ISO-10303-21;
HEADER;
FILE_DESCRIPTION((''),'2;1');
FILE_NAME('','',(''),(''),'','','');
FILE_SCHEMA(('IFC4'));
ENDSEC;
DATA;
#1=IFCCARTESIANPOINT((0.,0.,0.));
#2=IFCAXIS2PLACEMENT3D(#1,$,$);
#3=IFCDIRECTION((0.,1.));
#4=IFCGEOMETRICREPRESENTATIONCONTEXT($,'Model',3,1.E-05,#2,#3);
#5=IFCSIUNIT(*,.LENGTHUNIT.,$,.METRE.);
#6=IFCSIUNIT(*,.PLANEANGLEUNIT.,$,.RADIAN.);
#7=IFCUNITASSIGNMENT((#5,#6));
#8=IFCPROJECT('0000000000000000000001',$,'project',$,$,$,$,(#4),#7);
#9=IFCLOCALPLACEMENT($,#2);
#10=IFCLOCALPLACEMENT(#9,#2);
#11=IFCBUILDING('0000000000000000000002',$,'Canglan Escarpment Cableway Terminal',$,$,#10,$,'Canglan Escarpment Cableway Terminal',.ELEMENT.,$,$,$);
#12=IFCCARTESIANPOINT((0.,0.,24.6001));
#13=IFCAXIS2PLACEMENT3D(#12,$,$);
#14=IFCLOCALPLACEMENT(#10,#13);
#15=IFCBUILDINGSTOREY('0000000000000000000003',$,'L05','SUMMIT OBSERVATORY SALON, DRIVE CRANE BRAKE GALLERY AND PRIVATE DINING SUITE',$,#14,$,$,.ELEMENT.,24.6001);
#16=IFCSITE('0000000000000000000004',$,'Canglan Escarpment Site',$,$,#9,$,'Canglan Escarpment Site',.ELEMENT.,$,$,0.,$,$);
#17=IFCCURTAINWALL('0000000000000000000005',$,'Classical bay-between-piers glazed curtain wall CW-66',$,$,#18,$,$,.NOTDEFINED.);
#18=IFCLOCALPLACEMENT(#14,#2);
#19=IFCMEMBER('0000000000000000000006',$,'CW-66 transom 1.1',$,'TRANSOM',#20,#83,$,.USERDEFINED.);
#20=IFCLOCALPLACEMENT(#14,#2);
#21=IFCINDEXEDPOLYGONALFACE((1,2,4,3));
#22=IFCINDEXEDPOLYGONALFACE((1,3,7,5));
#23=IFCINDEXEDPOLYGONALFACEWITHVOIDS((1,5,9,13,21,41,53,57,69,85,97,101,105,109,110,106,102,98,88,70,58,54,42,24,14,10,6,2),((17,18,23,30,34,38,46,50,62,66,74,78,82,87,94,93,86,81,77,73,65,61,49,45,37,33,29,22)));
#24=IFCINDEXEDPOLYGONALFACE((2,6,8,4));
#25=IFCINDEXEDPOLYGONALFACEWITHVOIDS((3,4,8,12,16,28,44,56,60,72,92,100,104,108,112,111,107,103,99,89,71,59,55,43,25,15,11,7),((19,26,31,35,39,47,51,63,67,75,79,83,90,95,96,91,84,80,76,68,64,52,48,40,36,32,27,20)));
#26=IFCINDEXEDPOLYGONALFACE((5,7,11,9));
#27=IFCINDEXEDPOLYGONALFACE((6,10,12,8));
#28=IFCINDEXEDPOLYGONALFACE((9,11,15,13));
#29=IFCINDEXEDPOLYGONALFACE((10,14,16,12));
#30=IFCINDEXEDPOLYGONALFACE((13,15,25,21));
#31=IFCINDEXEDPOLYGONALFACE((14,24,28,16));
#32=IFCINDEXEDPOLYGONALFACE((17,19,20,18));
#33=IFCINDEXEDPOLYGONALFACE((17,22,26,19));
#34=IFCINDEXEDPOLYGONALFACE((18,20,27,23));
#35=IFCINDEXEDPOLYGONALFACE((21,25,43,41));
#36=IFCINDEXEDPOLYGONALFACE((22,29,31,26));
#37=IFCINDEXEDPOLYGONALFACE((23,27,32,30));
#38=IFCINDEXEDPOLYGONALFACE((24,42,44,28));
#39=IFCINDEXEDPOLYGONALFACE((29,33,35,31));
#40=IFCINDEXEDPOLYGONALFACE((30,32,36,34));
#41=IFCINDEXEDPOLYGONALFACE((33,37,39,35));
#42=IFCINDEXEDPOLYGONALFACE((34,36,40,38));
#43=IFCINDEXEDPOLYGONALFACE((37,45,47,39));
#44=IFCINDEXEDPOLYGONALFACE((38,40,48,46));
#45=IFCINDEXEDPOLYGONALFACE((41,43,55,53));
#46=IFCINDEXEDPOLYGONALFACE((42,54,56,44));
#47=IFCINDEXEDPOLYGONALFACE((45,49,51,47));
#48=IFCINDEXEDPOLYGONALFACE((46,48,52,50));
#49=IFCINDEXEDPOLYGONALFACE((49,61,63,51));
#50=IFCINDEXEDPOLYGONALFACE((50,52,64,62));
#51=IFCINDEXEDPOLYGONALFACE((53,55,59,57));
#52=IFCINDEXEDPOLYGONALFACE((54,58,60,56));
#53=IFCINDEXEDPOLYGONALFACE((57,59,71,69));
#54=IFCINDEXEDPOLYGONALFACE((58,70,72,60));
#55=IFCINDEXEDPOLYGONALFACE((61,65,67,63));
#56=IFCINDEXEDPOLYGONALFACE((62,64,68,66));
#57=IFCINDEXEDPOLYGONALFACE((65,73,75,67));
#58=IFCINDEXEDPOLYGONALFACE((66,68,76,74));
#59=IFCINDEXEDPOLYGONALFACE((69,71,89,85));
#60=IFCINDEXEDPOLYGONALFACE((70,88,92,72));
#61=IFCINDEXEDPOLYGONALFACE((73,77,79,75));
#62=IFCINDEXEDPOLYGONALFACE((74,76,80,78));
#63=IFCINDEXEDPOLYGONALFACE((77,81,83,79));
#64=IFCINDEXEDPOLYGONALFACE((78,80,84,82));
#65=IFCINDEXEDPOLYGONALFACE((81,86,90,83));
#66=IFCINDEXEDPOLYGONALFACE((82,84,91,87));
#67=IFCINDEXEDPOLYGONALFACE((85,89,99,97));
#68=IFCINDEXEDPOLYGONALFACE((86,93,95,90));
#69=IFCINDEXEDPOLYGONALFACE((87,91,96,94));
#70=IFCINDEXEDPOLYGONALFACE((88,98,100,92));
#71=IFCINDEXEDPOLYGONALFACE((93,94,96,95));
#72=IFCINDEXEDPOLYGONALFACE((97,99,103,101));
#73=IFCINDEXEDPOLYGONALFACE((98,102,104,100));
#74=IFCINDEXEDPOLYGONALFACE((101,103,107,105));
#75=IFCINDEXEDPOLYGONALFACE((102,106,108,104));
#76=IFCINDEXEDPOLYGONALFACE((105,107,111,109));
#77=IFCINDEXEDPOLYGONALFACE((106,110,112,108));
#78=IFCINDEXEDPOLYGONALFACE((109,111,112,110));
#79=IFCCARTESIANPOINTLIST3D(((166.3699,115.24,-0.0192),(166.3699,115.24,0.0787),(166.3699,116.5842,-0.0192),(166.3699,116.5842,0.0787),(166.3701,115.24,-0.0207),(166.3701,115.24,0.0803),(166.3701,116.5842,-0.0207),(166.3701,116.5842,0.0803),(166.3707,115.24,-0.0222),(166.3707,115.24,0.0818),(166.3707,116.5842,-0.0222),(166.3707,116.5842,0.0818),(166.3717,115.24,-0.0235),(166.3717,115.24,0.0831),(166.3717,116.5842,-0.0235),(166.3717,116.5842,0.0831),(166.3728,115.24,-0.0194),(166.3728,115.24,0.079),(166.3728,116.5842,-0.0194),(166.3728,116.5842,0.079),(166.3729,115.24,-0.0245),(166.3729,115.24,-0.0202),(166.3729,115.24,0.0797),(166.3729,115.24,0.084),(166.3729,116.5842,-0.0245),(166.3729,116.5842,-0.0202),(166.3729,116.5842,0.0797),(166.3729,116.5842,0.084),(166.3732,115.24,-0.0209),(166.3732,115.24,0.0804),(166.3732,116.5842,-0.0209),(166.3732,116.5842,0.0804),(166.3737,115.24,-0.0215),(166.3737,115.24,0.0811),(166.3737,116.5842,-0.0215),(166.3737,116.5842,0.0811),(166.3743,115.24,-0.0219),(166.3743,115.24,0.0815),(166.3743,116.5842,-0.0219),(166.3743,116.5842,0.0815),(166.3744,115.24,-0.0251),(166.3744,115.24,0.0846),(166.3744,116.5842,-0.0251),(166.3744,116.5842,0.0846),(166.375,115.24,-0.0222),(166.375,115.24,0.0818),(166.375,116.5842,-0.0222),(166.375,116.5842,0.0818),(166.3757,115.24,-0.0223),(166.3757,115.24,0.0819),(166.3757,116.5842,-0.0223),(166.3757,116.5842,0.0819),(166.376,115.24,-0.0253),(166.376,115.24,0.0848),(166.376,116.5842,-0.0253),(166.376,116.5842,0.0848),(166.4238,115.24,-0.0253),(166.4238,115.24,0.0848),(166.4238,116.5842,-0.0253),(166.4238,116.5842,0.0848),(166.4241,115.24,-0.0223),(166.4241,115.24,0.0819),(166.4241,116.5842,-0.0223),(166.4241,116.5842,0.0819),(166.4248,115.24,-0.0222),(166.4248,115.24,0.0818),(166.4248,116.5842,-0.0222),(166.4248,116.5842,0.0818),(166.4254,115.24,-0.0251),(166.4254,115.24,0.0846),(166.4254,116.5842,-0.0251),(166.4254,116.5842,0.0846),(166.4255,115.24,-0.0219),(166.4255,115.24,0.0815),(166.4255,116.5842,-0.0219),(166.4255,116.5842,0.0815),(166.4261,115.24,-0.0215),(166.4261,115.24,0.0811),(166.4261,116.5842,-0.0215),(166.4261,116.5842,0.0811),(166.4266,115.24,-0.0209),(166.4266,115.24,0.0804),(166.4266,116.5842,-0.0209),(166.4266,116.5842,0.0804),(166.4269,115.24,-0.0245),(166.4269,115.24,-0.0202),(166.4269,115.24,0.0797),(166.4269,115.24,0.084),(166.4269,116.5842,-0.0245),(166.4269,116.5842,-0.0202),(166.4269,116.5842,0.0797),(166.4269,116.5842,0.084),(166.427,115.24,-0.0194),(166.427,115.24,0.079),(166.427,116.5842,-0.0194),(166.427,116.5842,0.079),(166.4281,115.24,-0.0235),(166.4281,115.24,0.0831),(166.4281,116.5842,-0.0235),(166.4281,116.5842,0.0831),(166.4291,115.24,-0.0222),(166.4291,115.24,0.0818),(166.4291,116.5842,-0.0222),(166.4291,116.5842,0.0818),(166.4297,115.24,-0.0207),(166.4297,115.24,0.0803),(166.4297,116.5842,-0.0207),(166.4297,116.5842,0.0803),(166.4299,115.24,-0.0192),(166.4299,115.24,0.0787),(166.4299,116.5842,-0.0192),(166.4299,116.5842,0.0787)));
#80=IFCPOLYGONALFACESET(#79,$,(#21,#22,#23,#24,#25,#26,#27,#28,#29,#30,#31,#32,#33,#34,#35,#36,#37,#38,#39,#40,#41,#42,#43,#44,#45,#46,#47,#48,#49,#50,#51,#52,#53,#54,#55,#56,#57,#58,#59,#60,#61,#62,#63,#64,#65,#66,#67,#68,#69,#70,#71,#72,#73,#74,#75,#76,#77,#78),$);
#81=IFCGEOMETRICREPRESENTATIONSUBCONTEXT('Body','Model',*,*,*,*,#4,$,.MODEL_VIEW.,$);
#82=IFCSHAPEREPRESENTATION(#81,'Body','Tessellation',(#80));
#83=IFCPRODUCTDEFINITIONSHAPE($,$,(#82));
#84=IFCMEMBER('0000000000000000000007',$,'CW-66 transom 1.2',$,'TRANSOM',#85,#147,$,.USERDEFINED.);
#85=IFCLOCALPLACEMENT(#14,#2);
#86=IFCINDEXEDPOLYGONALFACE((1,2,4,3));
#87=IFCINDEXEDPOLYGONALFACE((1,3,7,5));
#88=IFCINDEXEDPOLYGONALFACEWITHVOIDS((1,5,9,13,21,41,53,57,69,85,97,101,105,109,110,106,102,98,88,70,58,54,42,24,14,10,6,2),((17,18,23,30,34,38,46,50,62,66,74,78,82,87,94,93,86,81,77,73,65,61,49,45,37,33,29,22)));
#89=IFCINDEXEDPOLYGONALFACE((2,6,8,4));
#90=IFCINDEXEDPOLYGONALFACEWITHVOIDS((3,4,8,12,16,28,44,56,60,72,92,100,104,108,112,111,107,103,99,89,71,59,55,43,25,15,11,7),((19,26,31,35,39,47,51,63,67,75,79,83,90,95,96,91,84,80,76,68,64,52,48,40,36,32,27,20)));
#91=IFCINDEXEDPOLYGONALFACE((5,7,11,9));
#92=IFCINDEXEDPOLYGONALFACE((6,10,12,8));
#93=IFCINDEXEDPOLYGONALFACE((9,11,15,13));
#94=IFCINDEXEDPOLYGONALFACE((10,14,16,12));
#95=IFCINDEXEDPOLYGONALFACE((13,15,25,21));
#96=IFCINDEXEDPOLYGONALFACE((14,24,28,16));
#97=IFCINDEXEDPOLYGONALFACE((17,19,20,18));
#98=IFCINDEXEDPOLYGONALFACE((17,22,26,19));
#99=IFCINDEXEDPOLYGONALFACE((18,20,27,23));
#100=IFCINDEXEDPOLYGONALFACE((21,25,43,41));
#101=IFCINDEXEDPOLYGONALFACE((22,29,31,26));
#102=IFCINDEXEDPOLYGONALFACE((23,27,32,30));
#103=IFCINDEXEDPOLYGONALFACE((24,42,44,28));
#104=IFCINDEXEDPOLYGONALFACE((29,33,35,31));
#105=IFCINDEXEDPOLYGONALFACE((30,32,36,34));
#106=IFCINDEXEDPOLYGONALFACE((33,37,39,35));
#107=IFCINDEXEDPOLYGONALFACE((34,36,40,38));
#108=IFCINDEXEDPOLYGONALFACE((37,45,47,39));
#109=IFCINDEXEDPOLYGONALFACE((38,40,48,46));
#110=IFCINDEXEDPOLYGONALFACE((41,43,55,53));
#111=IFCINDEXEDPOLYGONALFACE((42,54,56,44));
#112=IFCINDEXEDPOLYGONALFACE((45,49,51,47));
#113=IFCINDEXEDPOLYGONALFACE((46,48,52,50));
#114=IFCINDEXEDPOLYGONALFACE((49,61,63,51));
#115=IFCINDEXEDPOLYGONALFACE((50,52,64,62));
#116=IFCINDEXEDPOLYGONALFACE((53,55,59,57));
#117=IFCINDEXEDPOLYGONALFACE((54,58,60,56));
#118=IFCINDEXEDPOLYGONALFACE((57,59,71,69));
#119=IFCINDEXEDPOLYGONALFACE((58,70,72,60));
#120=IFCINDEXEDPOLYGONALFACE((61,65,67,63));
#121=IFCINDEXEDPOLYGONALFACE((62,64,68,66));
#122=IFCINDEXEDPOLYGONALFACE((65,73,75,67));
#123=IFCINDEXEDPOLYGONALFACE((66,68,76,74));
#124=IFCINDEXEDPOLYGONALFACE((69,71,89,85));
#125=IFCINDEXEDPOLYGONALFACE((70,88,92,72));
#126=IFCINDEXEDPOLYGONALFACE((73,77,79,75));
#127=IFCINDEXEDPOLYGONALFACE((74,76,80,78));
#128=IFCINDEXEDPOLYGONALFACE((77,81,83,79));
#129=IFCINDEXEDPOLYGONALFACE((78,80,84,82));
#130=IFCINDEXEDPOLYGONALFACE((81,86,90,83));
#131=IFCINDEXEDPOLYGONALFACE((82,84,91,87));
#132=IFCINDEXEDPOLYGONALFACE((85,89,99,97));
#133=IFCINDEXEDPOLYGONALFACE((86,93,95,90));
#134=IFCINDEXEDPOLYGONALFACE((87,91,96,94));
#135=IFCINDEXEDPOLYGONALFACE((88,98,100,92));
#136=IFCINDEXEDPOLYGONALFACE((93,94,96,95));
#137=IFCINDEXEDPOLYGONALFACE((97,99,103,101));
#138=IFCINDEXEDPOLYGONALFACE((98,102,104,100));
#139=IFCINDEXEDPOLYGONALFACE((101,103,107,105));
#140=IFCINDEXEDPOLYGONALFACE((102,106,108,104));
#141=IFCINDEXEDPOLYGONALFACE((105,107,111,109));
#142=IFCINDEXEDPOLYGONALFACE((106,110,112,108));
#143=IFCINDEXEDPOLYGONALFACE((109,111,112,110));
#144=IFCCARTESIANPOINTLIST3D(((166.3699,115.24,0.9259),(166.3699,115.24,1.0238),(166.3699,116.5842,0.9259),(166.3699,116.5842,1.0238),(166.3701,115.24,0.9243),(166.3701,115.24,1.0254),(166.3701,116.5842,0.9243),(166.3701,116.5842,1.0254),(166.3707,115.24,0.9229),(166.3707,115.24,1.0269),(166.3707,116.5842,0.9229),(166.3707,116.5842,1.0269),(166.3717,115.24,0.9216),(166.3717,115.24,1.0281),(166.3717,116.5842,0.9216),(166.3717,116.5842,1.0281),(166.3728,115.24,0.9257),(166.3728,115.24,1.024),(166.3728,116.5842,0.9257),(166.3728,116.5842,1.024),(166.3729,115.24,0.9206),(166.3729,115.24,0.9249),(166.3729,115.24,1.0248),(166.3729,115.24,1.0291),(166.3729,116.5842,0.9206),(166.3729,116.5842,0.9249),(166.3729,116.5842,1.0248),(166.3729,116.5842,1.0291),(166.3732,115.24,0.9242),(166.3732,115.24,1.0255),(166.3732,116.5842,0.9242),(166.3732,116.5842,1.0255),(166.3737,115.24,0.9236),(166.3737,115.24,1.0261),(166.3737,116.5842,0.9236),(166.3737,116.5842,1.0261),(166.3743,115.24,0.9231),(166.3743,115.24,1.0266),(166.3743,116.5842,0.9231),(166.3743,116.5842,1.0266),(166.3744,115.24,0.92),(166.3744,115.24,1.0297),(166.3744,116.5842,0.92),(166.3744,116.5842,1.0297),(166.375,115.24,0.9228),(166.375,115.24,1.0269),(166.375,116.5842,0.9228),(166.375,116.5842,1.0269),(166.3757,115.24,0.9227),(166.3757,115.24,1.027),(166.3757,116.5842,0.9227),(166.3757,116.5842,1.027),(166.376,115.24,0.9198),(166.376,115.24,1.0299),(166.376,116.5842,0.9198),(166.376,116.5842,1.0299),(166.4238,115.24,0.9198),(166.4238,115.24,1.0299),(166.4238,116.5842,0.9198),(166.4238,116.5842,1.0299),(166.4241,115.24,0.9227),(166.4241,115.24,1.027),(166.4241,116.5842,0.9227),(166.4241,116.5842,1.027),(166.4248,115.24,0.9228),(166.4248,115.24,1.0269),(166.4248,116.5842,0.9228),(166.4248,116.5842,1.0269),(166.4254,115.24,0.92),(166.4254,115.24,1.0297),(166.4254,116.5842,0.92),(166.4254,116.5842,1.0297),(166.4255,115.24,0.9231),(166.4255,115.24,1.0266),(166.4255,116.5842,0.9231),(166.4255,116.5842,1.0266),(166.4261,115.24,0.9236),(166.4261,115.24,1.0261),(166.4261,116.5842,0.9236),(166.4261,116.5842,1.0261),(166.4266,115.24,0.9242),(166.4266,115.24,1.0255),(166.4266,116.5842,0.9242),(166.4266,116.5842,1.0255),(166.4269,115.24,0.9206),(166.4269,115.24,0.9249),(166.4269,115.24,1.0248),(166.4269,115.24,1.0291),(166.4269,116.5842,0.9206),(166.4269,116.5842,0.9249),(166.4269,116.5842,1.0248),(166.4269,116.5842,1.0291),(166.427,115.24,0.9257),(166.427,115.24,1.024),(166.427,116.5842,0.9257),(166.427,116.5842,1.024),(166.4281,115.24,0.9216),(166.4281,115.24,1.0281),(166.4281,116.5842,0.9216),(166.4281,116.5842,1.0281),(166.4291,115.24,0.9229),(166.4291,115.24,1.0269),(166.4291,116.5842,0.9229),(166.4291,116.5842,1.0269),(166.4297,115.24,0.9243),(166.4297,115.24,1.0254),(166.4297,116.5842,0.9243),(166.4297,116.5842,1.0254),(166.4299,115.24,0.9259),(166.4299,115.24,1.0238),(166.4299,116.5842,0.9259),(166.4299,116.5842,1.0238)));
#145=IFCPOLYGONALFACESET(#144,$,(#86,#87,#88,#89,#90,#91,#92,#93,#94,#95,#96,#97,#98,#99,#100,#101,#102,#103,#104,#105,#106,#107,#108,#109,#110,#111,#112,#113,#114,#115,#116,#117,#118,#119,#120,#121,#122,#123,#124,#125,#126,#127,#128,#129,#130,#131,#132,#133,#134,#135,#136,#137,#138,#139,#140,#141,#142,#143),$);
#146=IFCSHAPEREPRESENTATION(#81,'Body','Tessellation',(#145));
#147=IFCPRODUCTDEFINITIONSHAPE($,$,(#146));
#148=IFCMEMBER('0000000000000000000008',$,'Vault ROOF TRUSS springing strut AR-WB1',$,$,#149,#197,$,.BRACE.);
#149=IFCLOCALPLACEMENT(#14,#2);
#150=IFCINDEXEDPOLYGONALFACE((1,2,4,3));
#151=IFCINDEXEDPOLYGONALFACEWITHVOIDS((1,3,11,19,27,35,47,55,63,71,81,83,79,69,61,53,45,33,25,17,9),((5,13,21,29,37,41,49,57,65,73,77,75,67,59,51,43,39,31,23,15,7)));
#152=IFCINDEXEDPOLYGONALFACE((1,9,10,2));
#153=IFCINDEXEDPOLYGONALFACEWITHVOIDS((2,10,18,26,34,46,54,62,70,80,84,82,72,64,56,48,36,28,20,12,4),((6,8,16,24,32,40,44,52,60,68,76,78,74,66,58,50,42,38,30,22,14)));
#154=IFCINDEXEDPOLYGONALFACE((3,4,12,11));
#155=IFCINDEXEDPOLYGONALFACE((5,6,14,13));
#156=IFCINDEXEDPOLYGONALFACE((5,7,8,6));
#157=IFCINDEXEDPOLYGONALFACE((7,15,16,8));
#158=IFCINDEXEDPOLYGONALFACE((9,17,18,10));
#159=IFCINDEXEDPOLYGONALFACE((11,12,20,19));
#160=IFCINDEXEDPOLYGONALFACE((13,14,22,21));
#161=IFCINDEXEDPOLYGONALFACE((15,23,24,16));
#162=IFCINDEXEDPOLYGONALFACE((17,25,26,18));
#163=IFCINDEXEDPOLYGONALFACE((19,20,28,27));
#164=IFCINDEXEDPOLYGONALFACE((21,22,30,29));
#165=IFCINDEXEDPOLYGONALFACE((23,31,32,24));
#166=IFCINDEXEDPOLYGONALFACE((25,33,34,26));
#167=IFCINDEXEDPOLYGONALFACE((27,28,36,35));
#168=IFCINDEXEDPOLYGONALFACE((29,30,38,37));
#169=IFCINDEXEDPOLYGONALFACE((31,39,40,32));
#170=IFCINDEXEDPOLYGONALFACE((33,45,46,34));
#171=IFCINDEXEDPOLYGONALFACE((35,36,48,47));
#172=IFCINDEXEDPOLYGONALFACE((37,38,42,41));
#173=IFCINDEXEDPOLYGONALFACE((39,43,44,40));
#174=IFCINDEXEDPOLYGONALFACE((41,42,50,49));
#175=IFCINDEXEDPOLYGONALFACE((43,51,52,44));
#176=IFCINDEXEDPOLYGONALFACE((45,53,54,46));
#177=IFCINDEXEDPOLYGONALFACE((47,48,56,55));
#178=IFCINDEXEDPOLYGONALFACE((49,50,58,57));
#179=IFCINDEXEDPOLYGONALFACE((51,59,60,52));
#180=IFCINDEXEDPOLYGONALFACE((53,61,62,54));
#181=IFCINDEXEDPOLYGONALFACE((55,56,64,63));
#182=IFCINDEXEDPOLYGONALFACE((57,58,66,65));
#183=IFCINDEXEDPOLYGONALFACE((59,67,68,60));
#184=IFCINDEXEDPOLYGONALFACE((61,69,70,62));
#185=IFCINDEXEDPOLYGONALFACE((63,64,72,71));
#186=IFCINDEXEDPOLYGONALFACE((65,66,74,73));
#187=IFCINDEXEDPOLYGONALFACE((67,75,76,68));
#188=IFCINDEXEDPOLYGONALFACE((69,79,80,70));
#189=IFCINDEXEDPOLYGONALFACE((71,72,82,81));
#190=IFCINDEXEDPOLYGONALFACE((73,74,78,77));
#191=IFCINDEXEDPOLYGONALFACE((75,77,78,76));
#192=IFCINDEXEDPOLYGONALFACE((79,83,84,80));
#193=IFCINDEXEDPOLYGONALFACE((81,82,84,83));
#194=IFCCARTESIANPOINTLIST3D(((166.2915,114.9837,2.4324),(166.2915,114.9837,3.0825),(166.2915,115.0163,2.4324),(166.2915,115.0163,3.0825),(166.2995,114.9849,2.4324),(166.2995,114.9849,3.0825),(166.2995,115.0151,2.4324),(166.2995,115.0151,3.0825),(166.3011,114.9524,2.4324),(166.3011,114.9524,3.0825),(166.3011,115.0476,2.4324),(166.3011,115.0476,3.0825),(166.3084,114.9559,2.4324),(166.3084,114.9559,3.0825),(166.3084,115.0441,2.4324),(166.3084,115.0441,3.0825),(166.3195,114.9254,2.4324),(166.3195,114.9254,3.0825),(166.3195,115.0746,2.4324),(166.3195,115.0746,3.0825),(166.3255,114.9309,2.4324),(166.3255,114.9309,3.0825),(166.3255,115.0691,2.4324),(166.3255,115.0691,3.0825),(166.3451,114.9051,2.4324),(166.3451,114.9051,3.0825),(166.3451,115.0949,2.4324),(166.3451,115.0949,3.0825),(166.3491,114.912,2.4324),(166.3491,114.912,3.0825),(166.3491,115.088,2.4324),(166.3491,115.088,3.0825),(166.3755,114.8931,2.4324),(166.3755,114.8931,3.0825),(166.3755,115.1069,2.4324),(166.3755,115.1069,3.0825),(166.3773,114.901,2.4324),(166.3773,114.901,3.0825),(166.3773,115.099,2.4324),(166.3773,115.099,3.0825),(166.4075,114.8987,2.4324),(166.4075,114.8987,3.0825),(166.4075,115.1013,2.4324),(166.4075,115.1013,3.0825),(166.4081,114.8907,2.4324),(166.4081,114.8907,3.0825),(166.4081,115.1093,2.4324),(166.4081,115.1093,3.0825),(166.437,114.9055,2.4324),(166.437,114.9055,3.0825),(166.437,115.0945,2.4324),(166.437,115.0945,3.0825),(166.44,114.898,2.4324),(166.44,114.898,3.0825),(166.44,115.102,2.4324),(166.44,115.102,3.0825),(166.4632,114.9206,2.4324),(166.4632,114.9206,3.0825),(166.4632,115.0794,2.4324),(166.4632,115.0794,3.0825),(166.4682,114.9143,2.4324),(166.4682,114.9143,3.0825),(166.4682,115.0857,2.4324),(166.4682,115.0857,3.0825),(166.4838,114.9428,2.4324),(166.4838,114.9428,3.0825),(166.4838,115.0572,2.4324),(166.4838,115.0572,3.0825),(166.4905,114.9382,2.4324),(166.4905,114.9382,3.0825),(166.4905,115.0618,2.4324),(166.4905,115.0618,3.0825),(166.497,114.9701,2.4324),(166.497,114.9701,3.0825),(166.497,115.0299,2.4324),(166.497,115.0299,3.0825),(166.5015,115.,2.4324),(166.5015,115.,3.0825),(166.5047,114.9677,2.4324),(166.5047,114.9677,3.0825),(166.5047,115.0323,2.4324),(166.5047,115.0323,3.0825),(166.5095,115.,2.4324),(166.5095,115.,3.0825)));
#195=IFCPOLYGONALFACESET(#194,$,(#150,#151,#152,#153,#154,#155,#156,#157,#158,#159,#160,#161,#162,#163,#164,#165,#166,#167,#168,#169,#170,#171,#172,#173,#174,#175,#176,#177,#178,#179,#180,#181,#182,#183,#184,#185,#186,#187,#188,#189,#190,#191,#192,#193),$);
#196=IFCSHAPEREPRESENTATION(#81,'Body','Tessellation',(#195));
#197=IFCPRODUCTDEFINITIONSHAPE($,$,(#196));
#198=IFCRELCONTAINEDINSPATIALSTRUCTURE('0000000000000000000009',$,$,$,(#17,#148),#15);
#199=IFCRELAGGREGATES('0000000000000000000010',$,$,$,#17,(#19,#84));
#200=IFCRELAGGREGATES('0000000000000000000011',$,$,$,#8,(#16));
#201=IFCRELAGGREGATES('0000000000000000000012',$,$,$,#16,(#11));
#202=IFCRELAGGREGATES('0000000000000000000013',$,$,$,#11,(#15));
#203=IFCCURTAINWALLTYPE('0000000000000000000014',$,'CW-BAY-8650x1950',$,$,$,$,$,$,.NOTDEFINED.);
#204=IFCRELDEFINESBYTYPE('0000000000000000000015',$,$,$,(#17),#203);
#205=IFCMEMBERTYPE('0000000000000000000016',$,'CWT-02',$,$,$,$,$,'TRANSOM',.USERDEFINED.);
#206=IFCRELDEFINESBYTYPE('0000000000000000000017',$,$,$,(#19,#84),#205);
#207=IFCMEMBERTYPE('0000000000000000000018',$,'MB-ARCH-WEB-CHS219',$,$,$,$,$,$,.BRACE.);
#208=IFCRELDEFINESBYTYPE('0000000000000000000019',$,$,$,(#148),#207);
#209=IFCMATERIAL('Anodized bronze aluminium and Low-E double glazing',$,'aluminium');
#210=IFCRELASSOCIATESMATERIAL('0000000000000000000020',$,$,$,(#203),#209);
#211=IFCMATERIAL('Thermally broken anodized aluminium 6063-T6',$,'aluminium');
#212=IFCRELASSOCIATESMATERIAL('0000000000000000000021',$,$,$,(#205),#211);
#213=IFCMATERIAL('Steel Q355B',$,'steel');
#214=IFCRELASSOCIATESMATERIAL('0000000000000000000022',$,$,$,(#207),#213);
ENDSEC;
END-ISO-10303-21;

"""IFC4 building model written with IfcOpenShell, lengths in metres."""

from ifc_helpers import new_model, si_unit, direction, frame, origin, origin_2d, place, context, subcontext, project, spatial, hollow_rectangle, hollow_circle, extrude, material, material_profile, profile_set, type_object, element, aggregate, save


model = new_model("IFC4")

# Units and contexts
model_context = context("Model", 3, precision=1e-05, world=origin(), true_north=direction((0.0, 1.0)))
body_context = subcontext(model_context, "Body", "Model", "MODEL_VIEW")
ifc_project = project(units=[si_unit("LENGTHUNIT", "METRE"), si_unit("PLANEANGLEUNIT", "RADIAN")], contexts=[model_context])

# Site, building, storey
site_placement = place(None, origin())
site = spatial("IfcSite", under=ifc_project, at=site_placement, Name="Canglan Escarpment Site", LongName="Canglan Escarpment Site", CompositionType="ELEMENT", RefElevation=0.0)
building_placement = place(site_placement, origin())
building = spatial("IfcBuilding", under=site, at=building_placement, Name="Canglan Escarpment Cableway Terminal", LongName="Canglan Escarpment Cableway Terminal", CompositionType="ELEMENT")
storey_placement = place(building_placement, frame((0.0, 0.0, 24.6001)))
storey = spatial("IfcBuildingStorey", under=building, at=storey_placement, Name="L05", Description="SUMMIT OBSERVATORY SALON, DRIVE CRANE BRAKE GALLERY AND PRIVATE DINING SUITE", CompositionType="ELEMENT", Elevation=24.6001)

# Shared definitions
ifc_material_1 = material(Name="Steel Q355B", Category="steel")

# Shared definitions
ifc_material_2 = material(Name="Anodized bronze aluminium and Low-E double glazing", Category="aluminium")
curtain_wall_type = type_object("IfcCurtainWallType", Name="CW-BAY-8650x1950", PredefinedType="NOTDEFINED", material=ifc_material_2)
ifc_material_3 = material(Name="Thermally broken anodized aluminium 6063-T6", Category="aluminium")

# Curtain wall
curtain_wall_1_placement = place(storey_placement, origin())
curtain_wall_1 = element("IfcCurtainWall", 1, at=curtain_wall_1_placement, inside=storey, type_object=curtain_wall_type, Name="Classical bay-between-piers glazed curtain wall CW-66", PredefinedType="NOTDEFINED")

# Members
ifc_material_profile_1 = material_profile(ifc_material_3, hollow_rectangle(XDim=0.0601, YDim=0.1101, WallThickness=0.0029, InnerFilletRadius=0.0029, OuterFilletRadius=0.0061, at=origin_2d()), Name="ALU-TRAN 60x110x3")
ifc_profile_set_1 = profile_set([ifc_material_profile_1], Name="Thermally broken anodized aluminium 6063-T6")
member_type_1 = type_object("IfcMemberType", Name="CWT-02", ElementType="TRANSOM", PredefinedType="USERDEFINED", material=ifc_profile_set_1)
member_1_placement = place(storey_placement, frame((166.3999, 115.24, 0.0298), z_axis=(0.0, 1.0, 0.0), x_axis=(-1.0, 0.0, 0.0)))
member_1 = element("IfcMember", 2, at=member_1_placement, type_object=member_type_1, Name="CW-66 transom 1.1", ObjectType="TRANSOM", PredefinedType="USERDEFINED", context=body_context, shape_type="SweptSolid", body=[
    extrude(hollow_rectangle(XDim=0.0601, YDim=0.1101, WallThickness=0.0029, InnerFilletRadius=0.0029, OuterFilletRadius=0.0061, at=origin_2d()), origin(), (0.0, 0.0, 1.0), 1.3442),
])
member_2_placement = place(storey_placement, frame((166.3999, 115.24, 0.9749), z_axis=(0.0, 1.0, 0.0), x_axis=(-1.0, 0.0, 0.0)))
member_2 = element("IfcMember", 3, at=member_2_placement, type_object=member_type_1, Name="CW-66 transom 1.2", ObjectType="TRANSOM", PredefinedType="USERDEFINED", context=body_context, shape_type="SweptSolid", body=[
    extrude(hollow_rectangle(XDim=0.0601, YDim=0.1101, WallThickness=0.0029, InnerFilletRadius=0.0029, OuterFilletRadius=0.0061, at=origin_2d()), origin(), (0.0, 0.0, 1.0), 1.3442),
])
aggregate(curtain_wall_1, [member_1, member_2])
ifc_material_profile_2 = material_profile(ifc_material_1, hollow_circle(Radius=0.1096, WallThickness=0.0081, at=origin_2d()), Name="CHS 219.1x8")
ifc_profile_set_2 = profile_set([ifc_material_profile_2], Name="Steel Q355B")
member_type_2 = type_object("IfcMemberType", Name="MB-ARCH-WEB-CHS219", PredefinedType="BRACE", material=ifc_profile_set_2)
member_3_placement = place(storey_placement, frame((166.3999, 115.0, 2.4324), z_axis=(0.0, 0.0, 1.0), x_axis=(1.0, 0.0, 0.0)))
element("IfcMember", 4, at=member_3_placement, inside=storey, type_object=member_type_2, Name="Vault ROOF TRUSS springing strut AR-WB1", PredefinedType="BRACE", context=body_context, shape_type="SweptSolid", body=[
    extrude(hollow_circle(Radius=0.1096, WallThickness=0.0081, at=origin_2d()), origin(), (0.0, 0.0, 1.0), 0.6501),
])

save(model, "model.ifc")
